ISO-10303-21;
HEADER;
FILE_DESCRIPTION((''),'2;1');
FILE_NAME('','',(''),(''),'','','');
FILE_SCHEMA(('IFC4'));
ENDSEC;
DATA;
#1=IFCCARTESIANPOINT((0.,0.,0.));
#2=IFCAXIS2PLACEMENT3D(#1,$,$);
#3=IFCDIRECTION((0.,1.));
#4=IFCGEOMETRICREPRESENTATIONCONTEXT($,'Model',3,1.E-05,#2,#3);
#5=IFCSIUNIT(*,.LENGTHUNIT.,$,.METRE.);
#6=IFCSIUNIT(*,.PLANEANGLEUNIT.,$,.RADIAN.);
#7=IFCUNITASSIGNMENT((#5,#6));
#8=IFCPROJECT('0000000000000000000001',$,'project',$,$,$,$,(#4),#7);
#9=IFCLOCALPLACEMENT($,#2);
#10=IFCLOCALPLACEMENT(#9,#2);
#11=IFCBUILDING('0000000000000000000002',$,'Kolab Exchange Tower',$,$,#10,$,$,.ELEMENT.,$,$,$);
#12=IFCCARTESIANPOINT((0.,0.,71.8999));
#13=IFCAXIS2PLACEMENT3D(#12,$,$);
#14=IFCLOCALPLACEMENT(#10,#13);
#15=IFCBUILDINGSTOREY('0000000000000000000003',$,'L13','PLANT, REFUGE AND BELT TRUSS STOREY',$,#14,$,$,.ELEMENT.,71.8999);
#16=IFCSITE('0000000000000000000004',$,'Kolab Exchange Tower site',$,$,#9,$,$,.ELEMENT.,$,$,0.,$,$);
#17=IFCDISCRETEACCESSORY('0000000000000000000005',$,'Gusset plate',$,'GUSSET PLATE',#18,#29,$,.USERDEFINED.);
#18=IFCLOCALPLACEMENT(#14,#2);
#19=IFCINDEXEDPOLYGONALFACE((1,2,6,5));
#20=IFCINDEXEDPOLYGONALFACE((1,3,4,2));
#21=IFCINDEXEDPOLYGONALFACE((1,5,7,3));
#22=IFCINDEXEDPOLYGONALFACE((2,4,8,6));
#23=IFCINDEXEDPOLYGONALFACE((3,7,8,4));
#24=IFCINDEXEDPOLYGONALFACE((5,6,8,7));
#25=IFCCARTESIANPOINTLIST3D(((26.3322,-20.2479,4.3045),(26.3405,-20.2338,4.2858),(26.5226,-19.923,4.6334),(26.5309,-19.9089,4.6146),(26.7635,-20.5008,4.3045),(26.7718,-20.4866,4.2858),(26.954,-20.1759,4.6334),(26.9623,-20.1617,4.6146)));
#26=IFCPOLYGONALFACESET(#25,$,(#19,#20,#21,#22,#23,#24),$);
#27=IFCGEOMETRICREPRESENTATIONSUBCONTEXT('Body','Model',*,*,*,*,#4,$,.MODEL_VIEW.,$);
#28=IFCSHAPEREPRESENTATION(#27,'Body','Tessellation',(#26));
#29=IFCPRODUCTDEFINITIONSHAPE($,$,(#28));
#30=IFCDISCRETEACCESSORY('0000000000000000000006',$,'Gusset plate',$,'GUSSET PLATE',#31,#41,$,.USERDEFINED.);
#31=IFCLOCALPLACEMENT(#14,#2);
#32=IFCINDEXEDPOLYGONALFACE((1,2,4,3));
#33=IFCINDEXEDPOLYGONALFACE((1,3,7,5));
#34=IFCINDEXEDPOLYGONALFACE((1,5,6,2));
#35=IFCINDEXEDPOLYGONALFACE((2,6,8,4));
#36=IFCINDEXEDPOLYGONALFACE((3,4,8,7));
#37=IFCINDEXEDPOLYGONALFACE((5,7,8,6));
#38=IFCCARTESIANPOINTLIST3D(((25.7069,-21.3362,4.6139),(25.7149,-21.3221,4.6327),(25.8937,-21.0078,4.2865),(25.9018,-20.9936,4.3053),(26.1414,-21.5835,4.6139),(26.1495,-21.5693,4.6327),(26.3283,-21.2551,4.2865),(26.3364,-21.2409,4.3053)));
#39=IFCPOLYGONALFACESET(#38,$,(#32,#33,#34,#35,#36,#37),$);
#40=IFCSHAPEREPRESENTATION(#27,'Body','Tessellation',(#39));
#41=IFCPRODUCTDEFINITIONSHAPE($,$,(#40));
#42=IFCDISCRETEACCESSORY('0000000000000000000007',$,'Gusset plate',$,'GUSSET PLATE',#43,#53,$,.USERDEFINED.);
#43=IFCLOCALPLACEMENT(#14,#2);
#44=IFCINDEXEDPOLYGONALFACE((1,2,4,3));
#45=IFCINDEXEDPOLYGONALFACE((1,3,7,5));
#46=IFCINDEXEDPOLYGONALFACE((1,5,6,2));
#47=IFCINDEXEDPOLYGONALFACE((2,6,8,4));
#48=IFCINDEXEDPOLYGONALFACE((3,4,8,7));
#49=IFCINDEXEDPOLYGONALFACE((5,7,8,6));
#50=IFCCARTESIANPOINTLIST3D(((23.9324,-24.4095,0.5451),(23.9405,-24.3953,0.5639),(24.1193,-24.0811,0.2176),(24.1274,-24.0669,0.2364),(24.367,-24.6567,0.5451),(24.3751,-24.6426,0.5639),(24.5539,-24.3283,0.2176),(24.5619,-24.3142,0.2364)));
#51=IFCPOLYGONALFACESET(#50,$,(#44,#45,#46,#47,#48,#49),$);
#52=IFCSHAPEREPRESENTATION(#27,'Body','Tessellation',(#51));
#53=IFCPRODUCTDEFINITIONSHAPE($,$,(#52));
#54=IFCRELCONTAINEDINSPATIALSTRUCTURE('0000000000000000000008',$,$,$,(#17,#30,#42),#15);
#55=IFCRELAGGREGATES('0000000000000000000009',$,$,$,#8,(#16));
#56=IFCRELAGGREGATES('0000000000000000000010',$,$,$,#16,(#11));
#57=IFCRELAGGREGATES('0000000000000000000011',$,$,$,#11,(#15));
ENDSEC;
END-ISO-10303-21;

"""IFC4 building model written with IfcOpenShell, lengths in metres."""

from ifc_helpers import new_model, si_unit, direction, frame, origin, origin_2d, place, context, subcontext, project, spatial, rectangle, extrude, element, save


model = new_model("IFC4")

# Units and contexts
model_context = context("Model", 3, precision=1e-05, world=origin(), true_north=direction((0.0, 1.0)))
body_context = subcontext(model_context, "Body", "Model", "MODEL_VIEW")
ifc_project = project(units=[si_unit("LENGTHUNIT", "METRE"), si_unit("PLANEANGLEUNIT", "RADIAN")], contexts=[model_context])

# Site, building, storey
site_placement = place(None, origin())
site = spatial("IfcSite", under=ifc_project, at=site_placement, Name="Kolab Exchange Tower site", CompositionType="ELEMENT", RefElevation=0.0)
building_placement = place(site_placement, origin())
building = spatial("IfcBuilding", under=site, at=building_placement, Name="Kolab Exchange Tower", CompositionType="ELEMENT")
storey_placement = place(building_placement, frame((0.0, 0.0, 71.8999)))
storey = spatial("IfcBuildingStorey", under=building, at=storey_placement, Name="L13", Description="PLANT, REFUGE AND BELT TRUSS STOREY", CompositionType="ELEMENT", Elevation=71.8999)

# Discrete accessories
for number, where, z_axis, x_axis, name in (
    (1, (26.6514, -20.1978, 4.4502), (-0.332615, -0.567402, 0.753275), (0.862698, -0.505719, 0.0), "Gusset plate"),
    (2, (26.0176, -21.2957, 4.4502), (0.323872, 0.56923, 0.755701), (-0.869164, 0.494524, 0.0), "Gusset plate"),
    (3, (24.2512, -24.3547, 0.4001), (-0.323872, -0.56923, -0.755701), (0.869164, -0.494524, 0.0), "Gusset plate"),
):
    element("IfcDiscreteAccessory", number, at=place(storey_placement, frame(where, z_axis=z_axis, x_axis=x_axis)), inside=storey, Name=name, ObjectType="GUSSET PLATE", PredefinedType="USERDEFINED", context=body_context, shape_type="SweptSolid", body=[
        extrude(rectangle(XDim=0.5, YDim=0.5, at=origin_2d()), origin(), (0.0, 0.0, 1.0), 0.0249),
    ])

save(model, "model.ifc")
